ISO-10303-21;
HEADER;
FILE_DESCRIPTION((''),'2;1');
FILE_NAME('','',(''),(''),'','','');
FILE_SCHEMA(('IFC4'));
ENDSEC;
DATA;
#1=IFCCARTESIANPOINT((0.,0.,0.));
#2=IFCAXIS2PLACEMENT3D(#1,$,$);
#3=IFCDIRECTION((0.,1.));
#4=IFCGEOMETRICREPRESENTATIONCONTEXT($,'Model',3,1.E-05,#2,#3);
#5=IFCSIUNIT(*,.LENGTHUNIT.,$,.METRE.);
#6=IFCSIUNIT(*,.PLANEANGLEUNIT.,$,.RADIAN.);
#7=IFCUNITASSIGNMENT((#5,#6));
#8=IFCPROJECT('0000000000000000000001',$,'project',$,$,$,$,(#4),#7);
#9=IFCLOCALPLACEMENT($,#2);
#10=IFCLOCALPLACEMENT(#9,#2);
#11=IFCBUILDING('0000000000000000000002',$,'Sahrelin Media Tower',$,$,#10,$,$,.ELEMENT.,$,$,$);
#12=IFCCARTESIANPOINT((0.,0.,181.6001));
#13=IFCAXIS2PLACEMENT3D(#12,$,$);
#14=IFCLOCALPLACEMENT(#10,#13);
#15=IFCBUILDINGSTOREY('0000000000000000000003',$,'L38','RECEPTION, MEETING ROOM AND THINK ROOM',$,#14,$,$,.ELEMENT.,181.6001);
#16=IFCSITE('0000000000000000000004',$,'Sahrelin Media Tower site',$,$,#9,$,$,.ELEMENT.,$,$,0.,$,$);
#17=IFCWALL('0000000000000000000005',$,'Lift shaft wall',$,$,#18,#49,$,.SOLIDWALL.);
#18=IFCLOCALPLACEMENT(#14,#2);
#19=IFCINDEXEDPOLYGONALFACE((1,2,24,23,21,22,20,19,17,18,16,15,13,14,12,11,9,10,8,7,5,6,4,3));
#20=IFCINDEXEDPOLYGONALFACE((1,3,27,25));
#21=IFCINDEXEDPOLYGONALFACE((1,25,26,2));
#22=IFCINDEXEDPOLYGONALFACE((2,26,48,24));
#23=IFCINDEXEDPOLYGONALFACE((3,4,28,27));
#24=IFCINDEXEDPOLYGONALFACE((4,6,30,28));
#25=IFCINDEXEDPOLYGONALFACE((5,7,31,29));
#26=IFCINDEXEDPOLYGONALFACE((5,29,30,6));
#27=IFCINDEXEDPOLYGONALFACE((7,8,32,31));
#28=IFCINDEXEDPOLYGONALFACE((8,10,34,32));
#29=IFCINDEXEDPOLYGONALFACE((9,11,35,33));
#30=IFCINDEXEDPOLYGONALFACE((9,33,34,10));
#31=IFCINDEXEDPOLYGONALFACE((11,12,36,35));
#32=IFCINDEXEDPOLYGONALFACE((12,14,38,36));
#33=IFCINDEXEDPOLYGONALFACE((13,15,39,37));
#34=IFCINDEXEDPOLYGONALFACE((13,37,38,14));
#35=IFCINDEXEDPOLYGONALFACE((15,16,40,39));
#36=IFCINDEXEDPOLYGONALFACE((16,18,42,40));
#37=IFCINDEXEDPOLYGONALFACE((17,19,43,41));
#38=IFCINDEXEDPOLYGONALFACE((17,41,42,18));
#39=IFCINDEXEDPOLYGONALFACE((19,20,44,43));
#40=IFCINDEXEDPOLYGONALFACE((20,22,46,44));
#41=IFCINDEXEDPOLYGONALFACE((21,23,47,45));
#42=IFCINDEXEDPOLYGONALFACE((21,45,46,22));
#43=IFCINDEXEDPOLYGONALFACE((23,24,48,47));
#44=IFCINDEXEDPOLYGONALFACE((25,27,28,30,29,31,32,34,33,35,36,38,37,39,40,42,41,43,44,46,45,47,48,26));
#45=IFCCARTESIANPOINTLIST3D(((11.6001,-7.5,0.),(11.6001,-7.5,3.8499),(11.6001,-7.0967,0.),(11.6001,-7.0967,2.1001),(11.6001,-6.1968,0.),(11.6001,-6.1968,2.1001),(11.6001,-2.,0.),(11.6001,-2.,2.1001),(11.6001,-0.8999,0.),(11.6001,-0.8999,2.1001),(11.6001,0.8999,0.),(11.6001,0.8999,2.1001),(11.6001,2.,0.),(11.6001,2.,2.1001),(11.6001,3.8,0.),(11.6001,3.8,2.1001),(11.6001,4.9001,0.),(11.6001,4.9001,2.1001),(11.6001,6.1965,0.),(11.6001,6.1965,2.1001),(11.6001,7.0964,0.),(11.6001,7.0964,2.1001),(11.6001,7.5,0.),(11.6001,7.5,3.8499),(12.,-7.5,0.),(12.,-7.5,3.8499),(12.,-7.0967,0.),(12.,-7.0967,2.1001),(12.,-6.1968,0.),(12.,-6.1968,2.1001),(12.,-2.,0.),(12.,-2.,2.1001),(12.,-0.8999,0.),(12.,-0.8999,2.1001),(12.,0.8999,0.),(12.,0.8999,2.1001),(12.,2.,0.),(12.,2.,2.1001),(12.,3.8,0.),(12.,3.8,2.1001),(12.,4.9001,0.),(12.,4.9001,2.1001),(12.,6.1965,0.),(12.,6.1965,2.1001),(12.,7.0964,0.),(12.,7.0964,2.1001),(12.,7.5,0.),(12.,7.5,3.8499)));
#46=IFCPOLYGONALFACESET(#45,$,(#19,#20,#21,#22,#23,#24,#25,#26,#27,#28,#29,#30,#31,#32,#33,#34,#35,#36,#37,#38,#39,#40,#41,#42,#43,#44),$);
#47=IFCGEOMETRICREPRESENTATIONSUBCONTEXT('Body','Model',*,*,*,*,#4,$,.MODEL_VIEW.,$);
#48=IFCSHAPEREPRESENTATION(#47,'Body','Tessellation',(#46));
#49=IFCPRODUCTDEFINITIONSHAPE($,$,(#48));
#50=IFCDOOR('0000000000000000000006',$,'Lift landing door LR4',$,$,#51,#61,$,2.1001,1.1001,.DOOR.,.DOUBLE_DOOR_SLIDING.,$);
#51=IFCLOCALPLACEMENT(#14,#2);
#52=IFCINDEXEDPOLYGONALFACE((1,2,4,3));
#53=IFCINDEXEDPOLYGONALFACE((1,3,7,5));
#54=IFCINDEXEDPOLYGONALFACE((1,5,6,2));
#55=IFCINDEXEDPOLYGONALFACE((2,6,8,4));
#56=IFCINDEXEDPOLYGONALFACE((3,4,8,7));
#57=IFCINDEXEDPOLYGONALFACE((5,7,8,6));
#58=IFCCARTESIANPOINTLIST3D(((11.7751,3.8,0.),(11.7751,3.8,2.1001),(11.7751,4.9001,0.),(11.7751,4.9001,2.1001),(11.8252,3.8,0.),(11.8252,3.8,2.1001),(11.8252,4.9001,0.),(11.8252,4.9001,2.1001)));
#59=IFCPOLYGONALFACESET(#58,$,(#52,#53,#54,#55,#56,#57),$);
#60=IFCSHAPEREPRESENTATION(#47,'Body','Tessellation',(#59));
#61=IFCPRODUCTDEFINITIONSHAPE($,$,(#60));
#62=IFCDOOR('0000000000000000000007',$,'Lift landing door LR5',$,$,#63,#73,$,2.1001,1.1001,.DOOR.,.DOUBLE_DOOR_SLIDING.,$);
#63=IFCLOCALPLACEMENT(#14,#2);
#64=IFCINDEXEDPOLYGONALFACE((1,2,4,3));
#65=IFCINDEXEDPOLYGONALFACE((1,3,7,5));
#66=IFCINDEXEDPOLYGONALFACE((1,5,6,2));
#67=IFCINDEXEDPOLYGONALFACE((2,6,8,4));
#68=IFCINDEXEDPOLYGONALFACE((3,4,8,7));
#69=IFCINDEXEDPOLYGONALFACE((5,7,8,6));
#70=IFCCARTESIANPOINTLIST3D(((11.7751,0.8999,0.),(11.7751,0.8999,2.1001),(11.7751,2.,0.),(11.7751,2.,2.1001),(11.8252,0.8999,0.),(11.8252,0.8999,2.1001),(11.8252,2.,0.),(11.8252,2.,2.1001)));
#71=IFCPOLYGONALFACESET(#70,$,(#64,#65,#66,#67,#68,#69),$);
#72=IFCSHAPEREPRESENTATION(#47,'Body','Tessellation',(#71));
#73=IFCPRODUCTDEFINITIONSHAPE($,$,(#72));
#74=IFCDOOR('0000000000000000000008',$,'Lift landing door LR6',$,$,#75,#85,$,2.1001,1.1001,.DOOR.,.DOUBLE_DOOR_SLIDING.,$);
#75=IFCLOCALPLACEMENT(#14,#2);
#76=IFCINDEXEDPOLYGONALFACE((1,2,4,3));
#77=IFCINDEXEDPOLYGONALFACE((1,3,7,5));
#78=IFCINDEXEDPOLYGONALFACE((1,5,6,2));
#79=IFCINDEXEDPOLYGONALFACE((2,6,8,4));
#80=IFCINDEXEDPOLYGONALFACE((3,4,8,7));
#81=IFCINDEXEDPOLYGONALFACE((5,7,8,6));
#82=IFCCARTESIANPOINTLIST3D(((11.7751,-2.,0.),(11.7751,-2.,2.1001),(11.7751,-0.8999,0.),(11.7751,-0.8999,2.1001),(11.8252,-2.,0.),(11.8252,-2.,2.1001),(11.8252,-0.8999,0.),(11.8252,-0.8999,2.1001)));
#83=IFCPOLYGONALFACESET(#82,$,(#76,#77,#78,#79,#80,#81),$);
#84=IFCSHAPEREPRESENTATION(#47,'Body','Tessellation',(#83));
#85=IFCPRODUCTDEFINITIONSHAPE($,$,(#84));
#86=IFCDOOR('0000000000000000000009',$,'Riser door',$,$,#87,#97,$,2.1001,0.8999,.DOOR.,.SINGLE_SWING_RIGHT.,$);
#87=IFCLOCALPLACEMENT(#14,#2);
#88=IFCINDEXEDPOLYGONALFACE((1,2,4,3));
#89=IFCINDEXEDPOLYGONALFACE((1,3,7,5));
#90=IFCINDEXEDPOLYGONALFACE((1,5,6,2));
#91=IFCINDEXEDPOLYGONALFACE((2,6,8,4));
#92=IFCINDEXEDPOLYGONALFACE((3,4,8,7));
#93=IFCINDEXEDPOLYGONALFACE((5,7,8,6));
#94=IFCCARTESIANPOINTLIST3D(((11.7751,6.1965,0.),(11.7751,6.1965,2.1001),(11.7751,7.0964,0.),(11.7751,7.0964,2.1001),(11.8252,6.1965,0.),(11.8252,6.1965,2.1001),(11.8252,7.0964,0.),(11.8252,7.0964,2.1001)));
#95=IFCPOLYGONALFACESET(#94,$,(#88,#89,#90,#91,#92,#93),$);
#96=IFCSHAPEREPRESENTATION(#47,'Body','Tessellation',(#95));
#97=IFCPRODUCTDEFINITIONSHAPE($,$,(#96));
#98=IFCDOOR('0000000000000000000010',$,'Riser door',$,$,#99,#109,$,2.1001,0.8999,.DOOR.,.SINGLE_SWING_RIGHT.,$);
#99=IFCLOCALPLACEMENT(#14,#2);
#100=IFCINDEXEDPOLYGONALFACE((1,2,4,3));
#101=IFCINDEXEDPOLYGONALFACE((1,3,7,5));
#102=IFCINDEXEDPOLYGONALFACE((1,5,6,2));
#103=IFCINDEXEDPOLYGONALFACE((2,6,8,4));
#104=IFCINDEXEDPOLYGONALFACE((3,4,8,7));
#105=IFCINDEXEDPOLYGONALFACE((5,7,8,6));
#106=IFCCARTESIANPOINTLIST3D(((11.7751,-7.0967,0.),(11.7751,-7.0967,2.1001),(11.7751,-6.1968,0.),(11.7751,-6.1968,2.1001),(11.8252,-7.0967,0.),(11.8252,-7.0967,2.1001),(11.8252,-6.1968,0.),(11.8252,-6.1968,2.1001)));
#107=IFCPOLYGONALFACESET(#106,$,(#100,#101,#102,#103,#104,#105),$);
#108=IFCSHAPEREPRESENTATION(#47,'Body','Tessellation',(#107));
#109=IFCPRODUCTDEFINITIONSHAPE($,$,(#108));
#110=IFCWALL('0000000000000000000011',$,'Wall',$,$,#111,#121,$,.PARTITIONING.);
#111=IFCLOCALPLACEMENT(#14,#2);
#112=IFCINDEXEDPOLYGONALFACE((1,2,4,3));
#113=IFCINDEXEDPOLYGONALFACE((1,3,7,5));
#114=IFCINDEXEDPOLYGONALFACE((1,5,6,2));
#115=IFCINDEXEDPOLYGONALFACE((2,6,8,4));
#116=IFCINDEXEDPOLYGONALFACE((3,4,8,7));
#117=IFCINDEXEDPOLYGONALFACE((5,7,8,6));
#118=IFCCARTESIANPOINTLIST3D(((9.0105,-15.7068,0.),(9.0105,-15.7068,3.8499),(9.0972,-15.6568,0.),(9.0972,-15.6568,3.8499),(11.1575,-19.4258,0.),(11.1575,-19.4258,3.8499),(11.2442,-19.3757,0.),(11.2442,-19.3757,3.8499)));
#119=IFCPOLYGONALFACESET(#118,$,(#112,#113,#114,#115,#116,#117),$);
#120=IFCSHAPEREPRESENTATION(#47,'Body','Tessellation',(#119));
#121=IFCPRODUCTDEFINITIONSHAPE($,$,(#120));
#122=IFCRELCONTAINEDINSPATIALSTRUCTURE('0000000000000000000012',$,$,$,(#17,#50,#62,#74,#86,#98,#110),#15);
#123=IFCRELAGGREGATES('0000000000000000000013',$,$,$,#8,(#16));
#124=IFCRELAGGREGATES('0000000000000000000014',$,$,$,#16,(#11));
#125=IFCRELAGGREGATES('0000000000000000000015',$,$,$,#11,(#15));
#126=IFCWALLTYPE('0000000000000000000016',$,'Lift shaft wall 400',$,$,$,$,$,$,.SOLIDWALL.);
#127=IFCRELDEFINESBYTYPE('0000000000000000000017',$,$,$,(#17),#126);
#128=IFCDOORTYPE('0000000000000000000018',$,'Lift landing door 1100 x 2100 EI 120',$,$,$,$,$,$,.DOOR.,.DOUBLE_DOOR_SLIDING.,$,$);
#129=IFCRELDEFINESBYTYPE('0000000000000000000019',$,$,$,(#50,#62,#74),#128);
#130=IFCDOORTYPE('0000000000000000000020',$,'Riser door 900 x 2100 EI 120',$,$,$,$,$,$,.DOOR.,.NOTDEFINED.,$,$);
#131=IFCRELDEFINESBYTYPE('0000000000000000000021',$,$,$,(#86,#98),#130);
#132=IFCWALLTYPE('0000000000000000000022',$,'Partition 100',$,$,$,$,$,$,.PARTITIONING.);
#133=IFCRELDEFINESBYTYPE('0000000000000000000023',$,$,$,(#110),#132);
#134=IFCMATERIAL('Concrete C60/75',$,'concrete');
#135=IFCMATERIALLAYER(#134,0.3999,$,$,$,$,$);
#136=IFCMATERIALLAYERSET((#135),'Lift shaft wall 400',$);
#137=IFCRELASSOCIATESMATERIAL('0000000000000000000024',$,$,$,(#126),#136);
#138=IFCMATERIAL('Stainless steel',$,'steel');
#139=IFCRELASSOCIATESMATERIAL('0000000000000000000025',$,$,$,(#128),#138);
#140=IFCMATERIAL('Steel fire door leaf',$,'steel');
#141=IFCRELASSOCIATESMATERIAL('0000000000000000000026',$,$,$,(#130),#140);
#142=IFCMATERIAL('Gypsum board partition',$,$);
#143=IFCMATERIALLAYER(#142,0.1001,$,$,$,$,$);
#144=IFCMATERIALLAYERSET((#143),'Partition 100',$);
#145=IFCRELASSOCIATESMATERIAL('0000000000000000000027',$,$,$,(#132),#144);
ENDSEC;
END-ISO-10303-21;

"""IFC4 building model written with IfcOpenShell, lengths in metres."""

from ifc_helpers import new_model, si_unit, direction, frame, frame_2d, origin, place, context, subcontext, project, spatial, rectangle, extrude, material, layer, layer_set, type_object, element, fill, save


model = new_model("IFC4")

# Units and contexts
model_context = context("Model", 3, precision=1e-05, world=origin(), true_north=direction((0.0, 1.0)))
body_context = subcontext(model_context, "Body", "Model", "MODEL_VIEW")
ifc_project = project(units=[si_unit("LENGTHUNIT", "METRE"), si_unit("PLANEANGLEUNIT", "RADIAN")], contexts=[model_context])

# Site, building, storey
site_placement = place(None, origin())
site = spatial("IfcSite", under=ifc_project, at=site_placement, Name="Sahrelin Media Tower site", CompositionType="ELEMENT", RefElevation=0.0)
building_placement = place(site_placement, origin())
building = spatial("IfcBuilding", under=site, at=building_placement, Name="Sahrelin Media Tower", CompositionType="ELEMENT")
storey_placement = place(building_placement, frame((0.0, 0.0, 181.6001)))
storey = spatial("IfcBuildingStorey", under=building, at=storey_placement, Name="L38", Description="RECEPTION, MEETING ROOM AND THINK ROOM", CompositionType="ELEMENT", Elevation=181.6001)

# Wall, openings, doors
ifc_material_1 = material(Name="Concrete C60/75", Category="concrete")
ifc_layer_1 = layer(ifc_material_1, 0.3999)
ifc_layer_set_1 = layer_set([ifc_layer_1], Name="Lift shaft wall 400")
wall_type_1 = type_object("IfcWallType", Name="Lift shaft wall 400", PredefinedType="SOLIDWALL", material=ifc_layer_set_1)
wall_1_placement = place(storey_placement, frame((11.8, -7.5, 0.0), z_axis=(0.0, 0.0, 1.0), x_axis=(0.0, 1.0, 0.0)))
wall_1 = element("IfcWall", 1, at=wall_1_placement, inside=storey, type_object=wall_type_1, Name="Lift shaft wall", PredefinedType="SOLIDWALL", context=body_context, shape_type="SweptSolid", body=[
    extrude(rectangle(XDim=15.0, YDim=0.3999, at=frame_2d((7.5, 0.0))), origin(), (0.0, 0.0, 1.0), 3.8499),
])
opening_1_placement = place(wall_1_placement, frame((11.3, 0.0, 0.0)))
opening_1 = element("IfcOpeningElement", 2, at=opening_1_placement, cuts=wall_1, PredefinedType="OPENING", context=body_context, shape_type="SweptSolid", body=[
    extrude(rectangle(XDim=1.1001, YDim=2.1001, at=frame_2d((0.55, 1.05))), frame((0.0, 0.2, 0.0), z_axis=(0.0, -1.0, 0.0), x_axis=(1.0, 0.0, 0.0)), (0.0, 0.0, 1.0), 0.3999),
])
opening_2_placement = place(wall_1_placement, frame((8.3999, 0.0, 0.0)))
opening_2 = element("IfcOpeningElement", 3, at=opening_2_placement, cuts=wall_1, PredefinedType="OPENING", context=body_context, shape_type="SweptSolid", body=[
    extrude(rectangle(XDim=1.1001, YDim=2.1001, at=frame_2d((0.55, 1.05))), frame((0.0, 0.2, 0.0), z_axis=(0.0, -1.0, 0.0), x_axis=(1.0, 0.0, 0.0)), (0.0, 0.0, 1.0), 0.3999),
])
opening_3_placement = place(wall_1_placement, frame((5.5, 0.0, 0.0)))
opening_3 = element("IfcOpeningElement", 4, at=opening_3_placement, cuts=wall_1, PredefinedType="OPENING", context=body_context, shape_type="SweptSolid", body=[
    extrude(rectangle(XDim=1.1001, YDim=2.1001, at=frame_2d((0.55, 1.05))), frame((0.0, 0.2, 0.0), z_axis=(0.0, -1.0, 0.0), x_axis=(1.0, 0.0, 0.0)), (0.0, 0.0, 1.0), 0.3999),
])
opening_4_placement = place(wall_1_placement, frame((13.6965, 0.0, 0.0)))
opening_4 = element("IfcOpeningElement", 5, at=opening_4_placement, cuts=wall_1, PredefinedType="OPENING", context=body_context, shape_type="SweptSolid", body=[
    extrude(rectangle(XDim=0.8999, YDim=2.1001, at=frame_2d((0.45, 1.05))), frame((0.0, 0.2, 0.0), z_axis=(0.0, -1.0, 0.0), x_axis=(1.0, 0.0, 0.0)), (0.0, 0.0, 1.0), 0.3999),
])
opening_5_placement = place(wall_1_placement, frame((0.4033, 0.0, 0.0)))
opening_5 = element("IfcOpeningElement", 6, at=opening_5_placement, cuts=wall_1, PredefinedType="OPENING", context=body_context, shape_type="SweptSolid", body=[
    extrude(rectangle(XDim=0.8999, YDim=2.1001, at=frame_2d((0.45, 1.05))), frame((0.0, 0.2, 0.0), z_axis=(0.0, -1.0, 0.0), x_axis=(1.0, 0.0, 0.0)), (0.0, 0.0, 1.0), 0.3999),
])
ifc_material_2 = material(Name="Stainless steel", Category="steel")
door_type_1 = type_object("IfcDoorType", Name="Lift landing door 1100 x 2100 EI 120", OperationType="DOUBLE_DOOR_SLIDING", PredefinedType="DOOR", material=ifc_material_2)
door_1_placement = place(opening_1_placement, origin())
door_1 = element("IfcDoor", 7, at=door_1_placement, inside=storey, type_object=door_type_1, Name="Lift landing door LR4", OperationType="DOUBLE_DOOR_SLIDING", OverallHeight=2.1001, OverallWidth=1.1001, PredefinedType="DOOR", context=body_context, shape_type="SweptSolid", body=[
    extrude(rectangle(XDim=1.1001, YDim=2.1001, at=frame_2d((0.55, 1.05))), frame((0.0, 0.0249, 0.0), z_axis=(0.0, -1.0, 0.0), x_axis=(1.0, 0.0, 0.0)), (0.0, 0.0, 1.0), 0.05),
])
fill(opening_1, door_1)
door_2_placement = place(opening_2_placement, origin())
door_2 = element("IfcDoor", 8, at=door_2_placement, inside=storey, type_object=door_type_1, Name="Lift landing door LR5", OperationType="DOUBLE_DOOR_SLIDING", OverallHeight=2.1001, OverallWidth=1.1001, PredefinedType="DOOR", context=body_context, shape_type="SweptSolid", body=[
    extrude(rectangle(XDim=1.1001, YDim=2.1001, at=frame_2d((0.55, 1.05))), frame((0.0, 0.0249, 0.0), z_axis=(0.0, -1.0, 0.0), x_axis=(1.0, 0.0, 0.0)), (0.0, 0.0, 1.0), 0.05),
])
fill(opening_2, door_2)
door_3_placement = place(opening_3_placement, origin())
door_3 = element("IfcDoor", 9, at=door_3_placement, inside=storey, type_object=door_type_1, Name="Lift landing door LR6", OperationType="DOUBLE_DOOR_SLIDING", OverallHeight=2.1001, OverallWidth=1.1001, PredefinedType="DOOR", context=body_context, shape_type="SweptSolid", body=[
    extrude(rectangle(XDim=1.1001, YDim=2.1001, at=frame_2d((0.55, 1.05))), frame((0.0, 0.0249, 0.0), z_axis=(0.0, -1.0, 0.0), x_axis=(1.0, 0.0, 0.0)), (0.0, 0.0, 1.0), 0.05),
])
fill(opening_3, door_3)
ifc_material_3 = material(Name="Steel fire door leaf", Category="steel")
door_type_2 = type_object("IfcDoorType", Name="Riser door 900 x 2100 EI 120", OperationType="NOTDEFINED", PredefinedType="DOOR", material=ifc_material_3)
door_4_placement = place(opening_4_placement, origin())
door_4 = element("IfcDoor", 10, at=door_4_placement, inside=storey, type_object=door_type_2, Name="Riser door", OperationType="SINGLE_SWING_RIGHT", OverallHeight=2.1001, OverallWidth=0.8999, PredefinedType="DOOR", context=body_context, shape_type="SweptSolid", body=[
    extrude(rectangle(XDim=0.8999, YDim=2.1001, at=frame_2d((0.45, 1.05))), frame((0.0, 0.0249, 0.0), z_axis=(0.0, -1.0, 0.0), x_axis=(1.0, 0.0, 0.0)), (0.0, 0.0, 1.0), 0.05),
])
fill(opening_4, door_4)
door_5_placement = place(opening_5_placement, origin())
door_5 = element("IfcDoor", 11, at=door_5_placement, inside=storey, type_object=door_type_2, Name="Riser door", OperationType="SINGLE_SWING_RIGHT", OverallHeight=2.1001, OverallWidth=0.8999, PredefinedType="DOOR", context=body_context, shape_type="SweptSolid", body=[
    extrude(rectangle(XDim=0.8999, YDim=2.1001, at=frame_2d((0.45, 1.05))), frame((0.0, 0.0249, 0.0), z_axis=(0.0, -1.0, 0.0), x_axis=(1.0, 0.0, 0.0)), (0.0, 0.0, 1.0), 0.05),
])
fill(opening_5, door_5)

# Wall
ifc_material_4 = material(Name="Gypsum board partition")
ifc_layer_2 = layer(ifc_material_4, 0.1001)
ifc_layer_set_2 = layer_set([ifc_layer_2], Name="Partition 100")
wall_type_2 = type_object("IfcWallType", Name="Partition 100", PredefinedType="PARTITIONING", material=ifc_layer_set_2)
wall_2_placement = place(storey_placement, frame((9.054, -15.6819, 0.0), z_axis=(0.0, 0.0, 1.0), x_axis=(0.499967, -0.866045, 0.0)))
element("IfcWall", 12, at=wall_2_placement, inside=storey, type_object=wall_type_2, Name="Wall", PredefinedType="PARTITIONING", context=body_context, shape_type="SweptSolid", body=[
    extrude(rectangle(XDim=4.2942, YDim=0.1001, at=frame_2d((2.147, 0.0))), origin(), (0.0, 0.0, 1.0), 3.8499),
])

save(model, "model.ifc")
